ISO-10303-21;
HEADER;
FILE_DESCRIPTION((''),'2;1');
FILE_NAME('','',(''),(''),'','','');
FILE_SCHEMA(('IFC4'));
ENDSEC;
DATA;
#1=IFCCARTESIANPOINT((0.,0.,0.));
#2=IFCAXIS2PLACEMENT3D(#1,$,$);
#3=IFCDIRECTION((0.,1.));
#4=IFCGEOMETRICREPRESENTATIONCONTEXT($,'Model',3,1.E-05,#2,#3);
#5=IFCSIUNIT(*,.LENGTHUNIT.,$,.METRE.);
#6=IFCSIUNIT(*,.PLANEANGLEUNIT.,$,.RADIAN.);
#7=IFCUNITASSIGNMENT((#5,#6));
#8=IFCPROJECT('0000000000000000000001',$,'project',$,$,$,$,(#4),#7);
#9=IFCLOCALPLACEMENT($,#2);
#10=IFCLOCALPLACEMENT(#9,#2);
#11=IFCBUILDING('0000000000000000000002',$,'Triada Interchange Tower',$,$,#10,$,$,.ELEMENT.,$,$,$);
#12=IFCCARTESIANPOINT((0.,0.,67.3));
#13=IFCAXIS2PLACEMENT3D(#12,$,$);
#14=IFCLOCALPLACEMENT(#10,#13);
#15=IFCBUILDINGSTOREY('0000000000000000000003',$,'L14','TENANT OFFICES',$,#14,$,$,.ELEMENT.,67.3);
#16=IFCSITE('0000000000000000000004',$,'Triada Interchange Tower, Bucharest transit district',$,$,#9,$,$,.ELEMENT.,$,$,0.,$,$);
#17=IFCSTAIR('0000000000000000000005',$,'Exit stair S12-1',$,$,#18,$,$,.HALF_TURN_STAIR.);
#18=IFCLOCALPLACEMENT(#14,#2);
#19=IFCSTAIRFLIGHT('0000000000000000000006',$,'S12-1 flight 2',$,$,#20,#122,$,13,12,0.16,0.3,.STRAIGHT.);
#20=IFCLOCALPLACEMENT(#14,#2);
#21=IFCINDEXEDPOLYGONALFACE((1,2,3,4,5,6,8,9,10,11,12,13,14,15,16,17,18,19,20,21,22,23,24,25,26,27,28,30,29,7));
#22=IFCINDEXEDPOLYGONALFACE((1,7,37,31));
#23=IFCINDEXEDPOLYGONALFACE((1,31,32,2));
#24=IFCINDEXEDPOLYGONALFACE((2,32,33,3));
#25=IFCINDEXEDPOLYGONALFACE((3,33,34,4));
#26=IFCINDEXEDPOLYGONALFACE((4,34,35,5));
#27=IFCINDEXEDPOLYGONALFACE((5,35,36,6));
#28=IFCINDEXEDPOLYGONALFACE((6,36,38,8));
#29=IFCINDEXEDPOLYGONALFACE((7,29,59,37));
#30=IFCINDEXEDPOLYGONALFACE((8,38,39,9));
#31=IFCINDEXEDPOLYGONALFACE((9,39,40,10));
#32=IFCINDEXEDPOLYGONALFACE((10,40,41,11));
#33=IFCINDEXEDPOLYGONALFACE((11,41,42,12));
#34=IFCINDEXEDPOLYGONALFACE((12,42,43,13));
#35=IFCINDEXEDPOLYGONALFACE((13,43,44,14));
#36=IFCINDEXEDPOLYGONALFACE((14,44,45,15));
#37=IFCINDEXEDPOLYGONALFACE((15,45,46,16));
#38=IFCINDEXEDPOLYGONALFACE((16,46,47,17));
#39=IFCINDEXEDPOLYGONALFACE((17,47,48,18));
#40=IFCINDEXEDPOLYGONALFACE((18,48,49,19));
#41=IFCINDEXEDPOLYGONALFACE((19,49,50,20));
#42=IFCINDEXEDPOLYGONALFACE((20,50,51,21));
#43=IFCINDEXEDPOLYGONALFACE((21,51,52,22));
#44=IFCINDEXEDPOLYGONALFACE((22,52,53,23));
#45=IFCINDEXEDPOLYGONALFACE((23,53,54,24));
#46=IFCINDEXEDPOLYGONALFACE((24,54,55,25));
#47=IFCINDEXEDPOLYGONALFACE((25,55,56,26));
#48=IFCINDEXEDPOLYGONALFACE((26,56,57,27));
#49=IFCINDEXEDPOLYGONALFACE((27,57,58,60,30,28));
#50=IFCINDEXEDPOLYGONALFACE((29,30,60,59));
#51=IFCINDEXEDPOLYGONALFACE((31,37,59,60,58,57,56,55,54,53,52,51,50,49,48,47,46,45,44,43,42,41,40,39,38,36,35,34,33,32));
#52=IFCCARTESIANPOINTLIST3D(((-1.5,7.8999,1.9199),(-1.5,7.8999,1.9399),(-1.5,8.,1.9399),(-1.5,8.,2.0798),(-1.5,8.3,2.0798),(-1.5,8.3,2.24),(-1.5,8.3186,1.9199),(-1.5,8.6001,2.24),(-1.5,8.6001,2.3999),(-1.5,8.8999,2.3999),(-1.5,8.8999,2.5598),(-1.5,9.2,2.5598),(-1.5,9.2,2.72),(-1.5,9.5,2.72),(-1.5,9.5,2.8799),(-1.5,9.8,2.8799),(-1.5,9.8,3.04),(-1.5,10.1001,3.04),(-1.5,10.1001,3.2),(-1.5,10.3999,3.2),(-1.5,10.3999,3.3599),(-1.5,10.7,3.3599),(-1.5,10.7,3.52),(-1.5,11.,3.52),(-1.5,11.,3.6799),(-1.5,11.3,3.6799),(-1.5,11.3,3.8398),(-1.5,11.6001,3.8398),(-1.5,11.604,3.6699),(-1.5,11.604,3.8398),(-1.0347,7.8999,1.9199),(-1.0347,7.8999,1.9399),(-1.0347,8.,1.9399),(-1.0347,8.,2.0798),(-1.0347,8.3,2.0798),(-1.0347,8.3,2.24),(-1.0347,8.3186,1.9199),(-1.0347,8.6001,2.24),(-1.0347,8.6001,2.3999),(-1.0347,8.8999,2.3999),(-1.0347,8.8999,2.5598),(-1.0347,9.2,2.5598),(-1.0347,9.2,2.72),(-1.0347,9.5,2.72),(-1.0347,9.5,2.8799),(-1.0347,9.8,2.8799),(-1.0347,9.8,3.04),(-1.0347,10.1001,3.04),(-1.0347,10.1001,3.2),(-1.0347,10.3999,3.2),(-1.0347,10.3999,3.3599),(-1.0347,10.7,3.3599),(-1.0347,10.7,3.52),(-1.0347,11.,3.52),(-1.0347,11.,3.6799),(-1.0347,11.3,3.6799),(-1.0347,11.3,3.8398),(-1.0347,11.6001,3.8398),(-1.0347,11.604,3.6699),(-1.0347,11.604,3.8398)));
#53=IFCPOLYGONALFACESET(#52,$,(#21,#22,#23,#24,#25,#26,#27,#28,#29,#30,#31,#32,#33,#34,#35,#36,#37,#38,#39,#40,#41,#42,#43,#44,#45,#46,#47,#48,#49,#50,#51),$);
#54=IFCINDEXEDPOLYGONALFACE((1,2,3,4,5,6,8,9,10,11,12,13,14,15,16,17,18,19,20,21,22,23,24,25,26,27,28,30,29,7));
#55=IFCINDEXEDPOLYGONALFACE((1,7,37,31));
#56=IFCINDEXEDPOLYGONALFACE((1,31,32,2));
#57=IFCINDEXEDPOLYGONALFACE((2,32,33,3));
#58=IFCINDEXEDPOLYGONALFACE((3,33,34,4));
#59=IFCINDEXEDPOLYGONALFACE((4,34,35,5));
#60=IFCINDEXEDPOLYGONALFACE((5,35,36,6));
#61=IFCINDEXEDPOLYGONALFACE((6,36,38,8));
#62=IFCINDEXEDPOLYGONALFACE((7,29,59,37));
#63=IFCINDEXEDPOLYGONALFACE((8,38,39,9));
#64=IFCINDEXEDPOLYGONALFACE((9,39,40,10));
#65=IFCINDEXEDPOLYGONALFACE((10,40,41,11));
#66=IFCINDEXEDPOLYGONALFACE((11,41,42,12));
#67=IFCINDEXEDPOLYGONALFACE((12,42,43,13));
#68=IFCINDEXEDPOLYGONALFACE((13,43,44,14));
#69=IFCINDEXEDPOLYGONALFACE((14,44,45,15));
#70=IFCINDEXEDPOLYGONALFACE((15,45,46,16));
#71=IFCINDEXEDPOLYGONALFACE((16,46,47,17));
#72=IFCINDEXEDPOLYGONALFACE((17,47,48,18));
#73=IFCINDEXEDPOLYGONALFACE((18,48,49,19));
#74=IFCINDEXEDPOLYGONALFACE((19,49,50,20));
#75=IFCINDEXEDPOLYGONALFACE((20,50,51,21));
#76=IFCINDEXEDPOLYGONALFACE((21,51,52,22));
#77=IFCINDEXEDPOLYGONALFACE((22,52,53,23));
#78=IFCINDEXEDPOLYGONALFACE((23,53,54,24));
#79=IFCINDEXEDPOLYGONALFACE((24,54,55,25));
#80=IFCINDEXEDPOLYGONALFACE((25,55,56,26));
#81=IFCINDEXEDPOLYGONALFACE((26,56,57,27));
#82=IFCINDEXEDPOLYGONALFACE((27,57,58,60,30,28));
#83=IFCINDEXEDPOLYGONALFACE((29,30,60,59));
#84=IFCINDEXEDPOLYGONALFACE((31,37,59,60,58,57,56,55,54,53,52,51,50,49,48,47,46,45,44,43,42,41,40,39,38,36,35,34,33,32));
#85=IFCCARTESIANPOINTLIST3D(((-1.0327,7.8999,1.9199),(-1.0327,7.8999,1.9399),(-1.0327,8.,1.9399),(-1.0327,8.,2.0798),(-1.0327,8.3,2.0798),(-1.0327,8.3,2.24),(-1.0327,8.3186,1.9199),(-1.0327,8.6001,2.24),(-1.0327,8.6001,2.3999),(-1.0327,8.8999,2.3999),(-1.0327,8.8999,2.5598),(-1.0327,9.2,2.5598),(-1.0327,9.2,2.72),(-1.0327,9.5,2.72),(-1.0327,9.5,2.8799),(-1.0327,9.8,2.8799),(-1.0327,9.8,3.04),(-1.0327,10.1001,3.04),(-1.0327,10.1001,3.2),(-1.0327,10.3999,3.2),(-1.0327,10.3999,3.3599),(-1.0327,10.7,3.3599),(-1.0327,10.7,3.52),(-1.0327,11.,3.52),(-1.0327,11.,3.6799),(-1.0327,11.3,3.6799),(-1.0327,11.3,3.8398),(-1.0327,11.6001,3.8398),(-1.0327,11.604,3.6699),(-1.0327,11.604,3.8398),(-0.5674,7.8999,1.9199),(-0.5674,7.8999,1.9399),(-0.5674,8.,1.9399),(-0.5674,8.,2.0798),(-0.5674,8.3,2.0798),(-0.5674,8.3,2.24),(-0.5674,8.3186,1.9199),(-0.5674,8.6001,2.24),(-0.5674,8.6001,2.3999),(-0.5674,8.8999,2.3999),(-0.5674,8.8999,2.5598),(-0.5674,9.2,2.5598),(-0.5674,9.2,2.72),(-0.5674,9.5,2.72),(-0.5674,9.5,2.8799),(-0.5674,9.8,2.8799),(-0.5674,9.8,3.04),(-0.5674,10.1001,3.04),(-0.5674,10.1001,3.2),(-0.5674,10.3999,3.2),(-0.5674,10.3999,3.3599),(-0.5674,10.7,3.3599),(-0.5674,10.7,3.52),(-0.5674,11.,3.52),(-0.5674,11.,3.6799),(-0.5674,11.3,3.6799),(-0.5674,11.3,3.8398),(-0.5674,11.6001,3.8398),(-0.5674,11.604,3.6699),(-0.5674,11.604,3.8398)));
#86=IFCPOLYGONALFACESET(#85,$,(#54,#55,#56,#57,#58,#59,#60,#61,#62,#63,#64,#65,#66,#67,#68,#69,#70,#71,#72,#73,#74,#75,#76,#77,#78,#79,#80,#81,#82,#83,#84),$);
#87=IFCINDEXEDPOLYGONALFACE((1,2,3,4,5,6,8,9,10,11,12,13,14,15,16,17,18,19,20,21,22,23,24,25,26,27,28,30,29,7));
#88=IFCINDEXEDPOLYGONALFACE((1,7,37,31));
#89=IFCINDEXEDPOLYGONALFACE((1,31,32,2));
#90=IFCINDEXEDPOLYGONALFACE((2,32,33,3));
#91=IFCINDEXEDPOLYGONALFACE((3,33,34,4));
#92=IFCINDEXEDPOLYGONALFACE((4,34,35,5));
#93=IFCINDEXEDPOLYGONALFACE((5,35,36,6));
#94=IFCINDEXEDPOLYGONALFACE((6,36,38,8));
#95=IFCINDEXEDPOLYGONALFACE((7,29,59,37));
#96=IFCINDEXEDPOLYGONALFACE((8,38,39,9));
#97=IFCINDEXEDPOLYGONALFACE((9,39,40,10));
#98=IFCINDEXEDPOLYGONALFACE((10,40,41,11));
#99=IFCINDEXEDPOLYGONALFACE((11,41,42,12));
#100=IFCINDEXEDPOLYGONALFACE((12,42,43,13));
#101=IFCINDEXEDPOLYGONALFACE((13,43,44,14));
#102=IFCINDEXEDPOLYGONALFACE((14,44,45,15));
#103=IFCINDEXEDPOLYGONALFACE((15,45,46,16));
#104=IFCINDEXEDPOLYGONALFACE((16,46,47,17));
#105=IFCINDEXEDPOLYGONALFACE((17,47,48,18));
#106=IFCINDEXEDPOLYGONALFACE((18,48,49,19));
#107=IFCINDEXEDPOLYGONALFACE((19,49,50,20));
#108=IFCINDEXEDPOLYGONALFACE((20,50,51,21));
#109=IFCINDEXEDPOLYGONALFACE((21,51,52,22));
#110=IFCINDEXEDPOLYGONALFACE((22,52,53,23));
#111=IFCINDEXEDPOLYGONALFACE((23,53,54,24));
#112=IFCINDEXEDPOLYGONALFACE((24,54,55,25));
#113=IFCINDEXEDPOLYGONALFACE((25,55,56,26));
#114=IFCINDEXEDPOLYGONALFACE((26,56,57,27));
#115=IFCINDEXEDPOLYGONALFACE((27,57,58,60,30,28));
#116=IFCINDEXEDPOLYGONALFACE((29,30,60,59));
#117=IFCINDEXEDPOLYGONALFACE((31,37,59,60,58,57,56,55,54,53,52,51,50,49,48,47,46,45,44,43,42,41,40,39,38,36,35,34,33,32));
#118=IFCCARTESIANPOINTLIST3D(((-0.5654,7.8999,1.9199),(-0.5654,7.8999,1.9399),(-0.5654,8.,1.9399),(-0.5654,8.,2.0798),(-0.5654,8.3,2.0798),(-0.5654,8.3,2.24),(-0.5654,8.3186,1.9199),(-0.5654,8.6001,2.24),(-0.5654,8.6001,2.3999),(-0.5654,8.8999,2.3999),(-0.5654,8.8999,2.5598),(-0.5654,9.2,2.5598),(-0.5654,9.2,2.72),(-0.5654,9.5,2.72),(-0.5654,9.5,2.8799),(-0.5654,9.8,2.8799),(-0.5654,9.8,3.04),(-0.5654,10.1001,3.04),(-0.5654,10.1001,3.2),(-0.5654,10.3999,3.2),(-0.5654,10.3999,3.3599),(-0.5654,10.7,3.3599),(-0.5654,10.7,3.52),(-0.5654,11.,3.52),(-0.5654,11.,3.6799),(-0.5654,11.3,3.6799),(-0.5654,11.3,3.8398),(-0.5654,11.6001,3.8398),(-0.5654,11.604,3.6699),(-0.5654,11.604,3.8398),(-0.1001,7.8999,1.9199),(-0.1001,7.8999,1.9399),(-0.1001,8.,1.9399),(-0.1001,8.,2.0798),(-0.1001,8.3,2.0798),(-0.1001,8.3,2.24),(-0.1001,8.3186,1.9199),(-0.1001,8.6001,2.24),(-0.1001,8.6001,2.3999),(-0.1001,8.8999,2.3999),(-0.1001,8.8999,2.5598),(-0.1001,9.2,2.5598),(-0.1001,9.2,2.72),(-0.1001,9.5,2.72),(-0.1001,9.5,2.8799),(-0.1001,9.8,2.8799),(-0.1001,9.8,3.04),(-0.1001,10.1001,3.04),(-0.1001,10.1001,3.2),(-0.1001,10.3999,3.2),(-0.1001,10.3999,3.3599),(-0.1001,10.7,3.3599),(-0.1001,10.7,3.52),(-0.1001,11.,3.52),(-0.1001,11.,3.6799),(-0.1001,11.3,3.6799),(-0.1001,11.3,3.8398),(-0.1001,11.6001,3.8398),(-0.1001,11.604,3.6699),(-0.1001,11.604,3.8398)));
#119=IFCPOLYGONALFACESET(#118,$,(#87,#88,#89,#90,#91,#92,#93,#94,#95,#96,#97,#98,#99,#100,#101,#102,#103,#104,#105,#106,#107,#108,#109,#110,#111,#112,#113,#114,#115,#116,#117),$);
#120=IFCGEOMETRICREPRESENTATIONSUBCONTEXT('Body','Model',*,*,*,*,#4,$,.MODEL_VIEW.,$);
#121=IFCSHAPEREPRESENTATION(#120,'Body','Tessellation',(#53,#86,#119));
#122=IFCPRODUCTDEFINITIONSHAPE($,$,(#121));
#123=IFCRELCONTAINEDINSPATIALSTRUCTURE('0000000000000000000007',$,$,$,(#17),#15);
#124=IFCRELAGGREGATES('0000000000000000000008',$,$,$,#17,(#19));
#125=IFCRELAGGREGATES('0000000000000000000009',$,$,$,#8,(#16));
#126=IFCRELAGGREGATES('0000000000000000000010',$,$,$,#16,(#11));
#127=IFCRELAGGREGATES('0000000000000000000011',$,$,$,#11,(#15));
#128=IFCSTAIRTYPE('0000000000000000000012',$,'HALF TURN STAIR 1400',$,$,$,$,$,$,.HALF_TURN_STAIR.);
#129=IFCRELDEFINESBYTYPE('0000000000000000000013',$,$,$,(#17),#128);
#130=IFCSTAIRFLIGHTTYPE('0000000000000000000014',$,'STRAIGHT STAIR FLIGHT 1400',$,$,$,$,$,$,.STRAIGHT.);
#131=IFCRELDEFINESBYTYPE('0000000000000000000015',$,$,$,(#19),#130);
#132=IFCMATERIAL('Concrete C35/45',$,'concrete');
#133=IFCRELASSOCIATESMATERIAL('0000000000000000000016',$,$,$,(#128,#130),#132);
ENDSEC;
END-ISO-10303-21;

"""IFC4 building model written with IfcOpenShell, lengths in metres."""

from ifc_helpers import new_model, si_unit, direction, frame, origin, place, context, subcontext, project, spatial, polyline, outline, extrude, material, type_object, element, aggregate, save


model = new_model("IFC4")

# Units and contexts
model_context = context("Model", 3, precision=1e-05, world=origin(), true_north=direction((0.0, 1.0)))
body_context = subcontext(model_context, "Body", "Model", "MODEL_VIEW")
ifc_project = project(units=[si_unit("LENGTHUNIT", "METRE"), si_unit("PLANEANGLEUNIT", "RADIAN")], contexts=[model_context])

# Site, building, storey
site_placement = place(None, origin())
site = spatial("IfcSite", under=ifc_project, at=site_placement, Name="Triada Interchange Tower, Bucharest transit district", CompositionType="ELEMENT", RefElevation=0.0)
building_placement = place(site_placement, origin())
building = spatial("IfcBuilding", under=site, at=building_placement, Name="Triada Interchange Tower", CompositionType="ELEMENT")
storey_placement = place(building_placement, frame((0.0, 0.0, 67.3)))
storey = spatial("IfcBuildingStorey", under=building, at=storey_placement, Name="L14", Description="TENANT OFFICES", CompositionType="ELEMENT", Elevation=67.3)

# Stair, stair flight
ifc_material_1 = material(Name="Concrete C35/45", Category="concrete")
stair_type = type_object("IfcStairType", Name="HALF TURN STAIR 1400", PredefinedType="HALF_TURN_STAIR", material=ifc_material_1)
stair_placement = place(storey_placement, origin())
stair = element("IfcStair", 1, at=stair_placement, inside=storey, type_object=stair_type, Name="Exit stair S12-1", PredefinedType="HALF_TURN_STAIR")
stair_flight_type = type_object("IfcStairFlightType", Name="STRAIGHT STAIR FLIGHT 1400", PredefinedType="STRAIGHT", material=ifc_material_1)
stair_flight_placement = place(storey_placement, frame((-0.8, 8.0, 1.9199), z_axis=(0.0, 0.0, 1.0), x_axis=(0.0, 1.0, 0.0)))
stair_flight = element("IfcStairFlight", 2, at=stair_flight_placement, type_object=stair_flight_type, Name="S12-1 flight 2", NumberOfRisers=13, NumberOfTreads=12, PredefinedType="STRAIGHT", RiserHeight=0.16, TreadLength=0.3, context=body_context, shape_type="SweptSolid", body=[
    extrude(outline(polyline([(-0.1001, 0.0), (-0.1001, 0.02), (0.0, 0.02), (0.0, 0.1599), (0.3, 0.1599), (0.3, 0.3201), (0.6001, 0.3201), (0.6001, 0.48), (0.8999, 0.48), (0.8999, 0.6399), (1.2, 0.6399), (1.2, 0.8), (1.5, 0.8), (1.5, 0.96), (1.8, 0.96), (1.8, 1.1201), (2.1001, 1.1201), (2.1001, 1.28), (2.3999, 1.28), (2.3999, 1.4399), (2.7, 1.4399), (2.7, 1.6001), (3.0, 1.6001), (3.0, 1.76), (3.3, 1.76), (3.3, 1.9199), (3.6001, 1.9199), (3.604, 1.9199), (3.604, 2.0801), (3.604, 1.75), (0.3186, 0.0), (-0.1001, 0.0)])), frame((0.0, 0.7, 0.0), z_axis=(0.0, -1.0, 0.0), x_axis=(1.0, 0.0, 0.0)), (0.0, 0.0, 1.0), 0.4653),
    extrude(outline(polyline([(-0.1001, 0.0), (-0.1001, 0.02), (0.0, 0.02), (0.0, 0.1599), (0.3, 0.1599), (0.3, 0.3201), (0.6001, 0.3201), (0.6001, 0.48), (0.8999, 0.48), (0.8999, 0.6399), (1.2, 0.6399), (1.2, 0.8), (1.5, 0.8), (1.5, 0.96), (1.8, 0.96), (1.8, 1.1201), (2.1001, 1.1201), (2.1001, 1.28), (2.3999, 1.28), (2.3999, 1.4399), (2.7, 1.4399), (2.7, 1.6001), (3.0, 1.6001), (3.0, 1.76), (3.3, 1.76), (3.3, 1.9199), (3.6001, 1.9199), (3.604, 1.9199), (3.604, 2.0801), (3.604, 1.75), (0.3186, 0.0), (-0.1001, 0.0)])), frame((0.0, 0.2327, 0.0), z_axis=(0.0, -1.0, 0.0), x_axis=(1.0, 0.0, 0.0)), (0.0, 0.0, 1.0), 0.4653),
    extrude(outline(polyline([(-0.1001, 0.0), (-0.1001, 0.02), (0.0, 0.02), (0.0, 0.1599), (0.3, 0.1599), (0.3, 0.3201), (0.6001, 0.3201), (0.6001, 0.48), (0.8999, 0.48), (0.8999, 0.6399), (1.2, 0.6399), (1.2, 0.8), (1.5, 0.8), (1.5, 0.96), (1.8, 0.96), (1.8, 1.1201), (2.1001, 1.1201), (2.1001, 1.28), (2.3999, 1.28), (2.3999, 1.4399), (2.7, 1.4399), (2.7, 1.6001), (3.0, 1.6001), (3.0, 1.76), (3.3, 1.76), (3.3, 1.9199), (3.6001, 1.9199), (3.604, 1.9199), (3.604, 2.0801), (3.604, 1.75), (0.3186, 0.0), (-0.1001, 0.0)])), frame((0.0, -0.2346, 0.0), z_axis=(0.0, -1.0, 0.0), x_axis=(1.0, 0.0, 0.0)), (0.0, 0.0, 1.0), 0.4653),
])
aggregate(stair, [stair_flight])

save(model, "model.ifc")
